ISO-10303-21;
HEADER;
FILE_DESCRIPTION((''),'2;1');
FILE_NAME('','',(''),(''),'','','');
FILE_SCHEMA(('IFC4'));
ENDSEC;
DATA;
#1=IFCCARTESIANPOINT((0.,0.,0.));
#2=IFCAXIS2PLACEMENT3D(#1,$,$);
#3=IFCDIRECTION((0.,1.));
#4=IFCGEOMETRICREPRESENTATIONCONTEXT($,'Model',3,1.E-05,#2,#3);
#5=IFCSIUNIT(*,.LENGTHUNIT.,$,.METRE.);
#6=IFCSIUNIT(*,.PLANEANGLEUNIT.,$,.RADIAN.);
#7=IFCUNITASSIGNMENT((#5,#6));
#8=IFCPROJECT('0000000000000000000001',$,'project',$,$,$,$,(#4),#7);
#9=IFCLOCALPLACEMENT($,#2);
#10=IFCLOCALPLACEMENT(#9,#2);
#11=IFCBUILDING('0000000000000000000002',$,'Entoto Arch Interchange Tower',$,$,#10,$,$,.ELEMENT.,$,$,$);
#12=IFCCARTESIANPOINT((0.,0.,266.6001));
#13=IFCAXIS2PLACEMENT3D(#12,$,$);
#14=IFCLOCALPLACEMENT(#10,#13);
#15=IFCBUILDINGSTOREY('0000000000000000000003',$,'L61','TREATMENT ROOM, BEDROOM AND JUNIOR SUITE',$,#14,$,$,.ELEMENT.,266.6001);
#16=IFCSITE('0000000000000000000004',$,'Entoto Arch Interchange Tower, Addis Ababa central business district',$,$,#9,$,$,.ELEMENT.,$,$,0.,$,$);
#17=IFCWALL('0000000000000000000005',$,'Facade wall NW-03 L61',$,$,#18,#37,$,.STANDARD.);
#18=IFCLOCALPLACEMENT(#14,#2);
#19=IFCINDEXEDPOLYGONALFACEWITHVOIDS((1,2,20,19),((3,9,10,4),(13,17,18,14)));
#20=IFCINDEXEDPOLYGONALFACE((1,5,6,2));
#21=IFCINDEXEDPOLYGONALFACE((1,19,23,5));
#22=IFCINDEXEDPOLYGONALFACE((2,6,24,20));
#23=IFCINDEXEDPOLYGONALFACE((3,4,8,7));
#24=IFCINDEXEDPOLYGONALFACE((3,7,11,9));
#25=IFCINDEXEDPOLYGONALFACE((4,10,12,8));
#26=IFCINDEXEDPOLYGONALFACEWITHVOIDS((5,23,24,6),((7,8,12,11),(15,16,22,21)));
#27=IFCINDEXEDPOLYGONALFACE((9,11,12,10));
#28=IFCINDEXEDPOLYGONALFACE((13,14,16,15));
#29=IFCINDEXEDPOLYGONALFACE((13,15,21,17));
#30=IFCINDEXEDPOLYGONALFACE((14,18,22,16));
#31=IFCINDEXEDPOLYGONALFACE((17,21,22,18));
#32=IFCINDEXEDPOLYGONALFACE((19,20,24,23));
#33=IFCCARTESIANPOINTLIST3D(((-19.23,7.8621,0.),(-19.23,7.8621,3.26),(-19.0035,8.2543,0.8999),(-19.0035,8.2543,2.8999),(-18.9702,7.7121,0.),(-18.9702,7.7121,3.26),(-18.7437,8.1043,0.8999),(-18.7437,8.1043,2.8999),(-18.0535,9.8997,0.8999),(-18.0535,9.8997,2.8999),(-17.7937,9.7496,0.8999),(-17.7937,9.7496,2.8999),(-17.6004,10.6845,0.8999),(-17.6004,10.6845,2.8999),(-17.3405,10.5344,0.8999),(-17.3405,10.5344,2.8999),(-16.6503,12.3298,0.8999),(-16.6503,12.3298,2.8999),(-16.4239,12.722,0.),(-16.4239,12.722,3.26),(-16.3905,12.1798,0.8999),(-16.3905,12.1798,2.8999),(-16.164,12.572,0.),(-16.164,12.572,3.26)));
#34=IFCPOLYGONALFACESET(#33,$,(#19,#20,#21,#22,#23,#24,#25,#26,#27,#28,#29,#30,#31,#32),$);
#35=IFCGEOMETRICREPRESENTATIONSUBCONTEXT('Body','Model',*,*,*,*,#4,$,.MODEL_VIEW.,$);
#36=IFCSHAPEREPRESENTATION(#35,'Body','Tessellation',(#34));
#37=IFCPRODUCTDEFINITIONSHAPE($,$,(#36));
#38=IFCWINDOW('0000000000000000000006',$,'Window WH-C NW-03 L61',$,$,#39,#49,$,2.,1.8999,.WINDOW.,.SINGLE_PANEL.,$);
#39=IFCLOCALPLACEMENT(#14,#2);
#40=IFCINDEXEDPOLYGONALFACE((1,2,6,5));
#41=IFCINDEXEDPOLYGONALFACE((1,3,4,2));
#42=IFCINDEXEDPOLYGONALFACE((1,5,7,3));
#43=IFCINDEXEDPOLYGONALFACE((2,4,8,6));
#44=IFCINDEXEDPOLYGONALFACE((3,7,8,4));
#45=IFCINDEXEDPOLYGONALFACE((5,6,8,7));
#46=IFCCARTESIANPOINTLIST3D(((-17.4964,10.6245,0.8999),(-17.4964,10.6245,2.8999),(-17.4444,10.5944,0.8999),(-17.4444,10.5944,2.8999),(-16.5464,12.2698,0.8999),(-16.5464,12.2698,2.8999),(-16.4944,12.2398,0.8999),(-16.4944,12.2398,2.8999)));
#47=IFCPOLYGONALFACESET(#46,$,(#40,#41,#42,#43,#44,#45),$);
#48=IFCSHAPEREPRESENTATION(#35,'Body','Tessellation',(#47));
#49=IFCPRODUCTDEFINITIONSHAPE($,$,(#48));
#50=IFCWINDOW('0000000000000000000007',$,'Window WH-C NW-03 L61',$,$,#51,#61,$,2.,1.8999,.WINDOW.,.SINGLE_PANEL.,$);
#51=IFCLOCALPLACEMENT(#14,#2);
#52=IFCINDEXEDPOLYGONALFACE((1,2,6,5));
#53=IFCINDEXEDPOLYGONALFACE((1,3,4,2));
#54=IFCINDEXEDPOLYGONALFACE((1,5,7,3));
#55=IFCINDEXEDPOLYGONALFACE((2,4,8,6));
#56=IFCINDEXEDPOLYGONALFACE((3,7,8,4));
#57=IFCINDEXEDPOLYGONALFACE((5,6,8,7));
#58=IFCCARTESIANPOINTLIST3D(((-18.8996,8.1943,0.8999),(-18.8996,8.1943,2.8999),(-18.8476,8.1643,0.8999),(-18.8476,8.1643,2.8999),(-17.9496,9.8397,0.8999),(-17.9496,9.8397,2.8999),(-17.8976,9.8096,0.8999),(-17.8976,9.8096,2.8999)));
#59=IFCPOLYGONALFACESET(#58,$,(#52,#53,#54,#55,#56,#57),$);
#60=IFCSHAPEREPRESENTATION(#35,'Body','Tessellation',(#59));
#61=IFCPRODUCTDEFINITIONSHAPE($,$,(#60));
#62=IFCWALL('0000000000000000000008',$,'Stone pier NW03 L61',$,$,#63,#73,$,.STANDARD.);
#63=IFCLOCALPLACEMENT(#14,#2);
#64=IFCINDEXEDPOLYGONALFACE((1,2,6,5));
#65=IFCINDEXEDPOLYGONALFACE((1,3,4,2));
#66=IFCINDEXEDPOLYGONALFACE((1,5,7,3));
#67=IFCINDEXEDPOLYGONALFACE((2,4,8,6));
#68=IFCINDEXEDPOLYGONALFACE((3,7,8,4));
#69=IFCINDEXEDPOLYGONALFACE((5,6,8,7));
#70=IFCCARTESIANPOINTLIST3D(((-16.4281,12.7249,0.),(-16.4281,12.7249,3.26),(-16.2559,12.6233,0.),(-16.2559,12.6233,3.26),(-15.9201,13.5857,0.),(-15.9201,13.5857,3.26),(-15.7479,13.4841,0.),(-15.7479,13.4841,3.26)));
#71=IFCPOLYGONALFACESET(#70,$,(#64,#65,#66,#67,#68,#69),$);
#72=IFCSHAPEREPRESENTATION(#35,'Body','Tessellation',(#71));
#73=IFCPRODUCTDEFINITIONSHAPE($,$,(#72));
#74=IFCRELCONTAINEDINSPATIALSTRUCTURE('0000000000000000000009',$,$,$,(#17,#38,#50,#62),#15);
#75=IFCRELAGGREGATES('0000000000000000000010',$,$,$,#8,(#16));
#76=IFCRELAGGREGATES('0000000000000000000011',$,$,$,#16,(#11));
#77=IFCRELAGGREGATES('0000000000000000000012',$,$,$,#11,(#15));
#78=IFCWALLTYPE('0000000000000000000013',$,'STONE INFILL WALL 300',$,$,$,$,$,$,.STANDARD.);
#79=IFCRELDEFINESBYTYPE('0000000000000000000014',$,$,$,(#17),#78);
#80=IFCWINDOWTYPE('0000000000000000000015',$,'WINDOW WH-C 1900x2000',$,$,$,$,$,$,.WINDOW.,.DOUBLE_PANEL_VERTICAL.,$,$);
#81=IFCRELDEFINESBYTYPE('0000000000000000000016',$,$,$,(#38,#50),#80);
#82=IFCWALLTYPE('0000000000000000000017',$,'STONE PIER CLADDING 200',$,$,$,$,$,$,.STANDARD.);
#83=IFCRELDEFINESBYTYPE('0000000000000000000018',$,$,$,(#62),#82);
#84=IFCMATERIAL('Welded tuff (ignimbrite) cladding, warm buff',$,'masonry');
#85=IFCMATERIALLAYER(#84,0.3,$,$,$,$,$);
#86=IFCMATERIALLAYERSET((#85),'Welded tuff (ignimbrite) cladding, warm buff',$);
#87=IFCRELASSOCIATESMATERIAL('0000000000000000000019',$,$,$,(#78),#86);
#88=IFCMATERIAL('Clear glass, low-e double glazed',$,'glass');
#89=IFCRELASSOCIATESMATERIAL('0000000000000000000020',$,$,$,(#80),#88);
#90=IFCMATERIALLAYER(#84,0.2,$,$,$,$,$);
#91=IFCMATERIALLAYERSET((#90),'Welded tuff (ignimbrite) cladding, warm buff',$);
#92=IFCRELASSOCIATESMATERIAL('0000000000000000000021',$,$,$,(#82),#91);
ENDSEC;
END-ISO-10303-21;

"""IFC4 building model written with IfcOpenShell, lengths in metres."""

from ifc_helpers import new_model, si_unit, direction, frame, frame_2d, origin, place, context, subcontext, project, spatial, rectangle, extrude, material, layer, layer_set, type_object, element, fill, save


model = new_model("IFC4")

# Units and contexts
model_context = context("Model", 3, precision=1e-05, world=origin(), true_north=direction((0.0, 1.0)))
body_context = subcontext(model_context, "Body", "Model", "MODEL_VIEW")
ifc_project = project(units=[si_unit("LENGTHUNIT", "METRE"), si_unit("PLANEANGLEUNIT", "RADIAN")], contexts=[model_context])

# Site, building, storey
site_placement = place(None, origin())
site = spatial("IfcSite", under=ifc_project, at=site_placement, Name="Entoto Arch Interchange Tower, Addis Ababa central business district", CompositionType="ELEMENT", RefElevation=0.0)
building_placement = place(site_placement, origin())
building = spatial("IfcBuilding", under=site, at=building_placement, Name="Entoto Arch Interchange Tower", CompositionType="ELEMENT")
storey_placement = place(building_placement, frame((0.0, 0.0, 266.6001)))
storey = spatial("IfcBuildingStorey", under=building, at=storey_placement, Name="L61", Description="TREATMENT ROOM, BEDROOM AND JUNIOR SUITE", CompositionType="ELEMENT", Elevation=266.6001)

# Wall, openings, windows
ifc_material_1 = material(Name="Welded tuff (ignimbrite) cladding, warm buff", Category="masonry")
ifc_layer_1 = layer(ifc_material_1, 0.3)
ifc_layer_set_1 = layer_set([ifc_layer_1], Name="Welded tuff (ignimbrite) cladding, warm buff")
wall_type_1 = type_object("IfcWallType", Name="STONE INFILL WALL 300", PredefinedType="STANDARD", material=ifc_layer_set_1)
wall_1_placement = place(storey_placement, frame((-16.2939, 12.647, 0.0), z_axis=(0.0, 0.0, 1.0), x_axis=(-0.500041, -0.866002, 0.0)))
wall_1 = element("IfcWall", 1, at=wall_1_placement, inside=storey, type_object=wall_type_1, Name="Facade wall NW-03 L61", PredefinedType="STANDARD", context=body_context, shape_type="SweptSolid", body=[
    extrude(rectangle(XDim=5.6118, YDim=0.3, at=frame_2d((2.8059, 0.0))), origin(), (0.0, 0.0, 1.0), 3.26),
])
opening_1_placement = place(wall_1_placement, frame((0.4529, 0.0, 0.8999)))
opening_1 = element("IfcOpeningElement", 2, at=opening_1_placement, cuts=wall_1, PredefinedType="OPENING", context=body_context, shape_type="SweptSolid", body=[
    extrude(rectangle(XDim=1.8999, YDim=2.0, at=frame_2d((0.95, 1.0))), frame((0.0, 0.1602, 0.0), z_axis=(0.0, -1.0, 0.0), x_axis=(1.0, 0.0, 0.0)), (0.0, 0.0, 1.0), 0.3201),
])
opening_2_placement = place(wall_1_placement, frame((3.259, 0.0, 0.8999)))
opening_2 = element("IfcOpeningElement", 3, at=opening_2_placement, cuts=wall_1, PredefinedType="OPENING", context=body_context, shape_type="SweptSolid", body=[
    extrude(rectangle(XDim=1.8999, YDim=2.0, at=frame_2d((0.95, 1.0))), frame((0.0, 0.1602, 0.0), z_axis=(0.0, -1.0, 0.0), x_axis=(1.0, 0.0, 0.0)), (0.0, 0.0, 1.0), 0.3201),
])
ifc_material_2 = material(Name="Clear glass, low-e double glazed", Category="glass")
window_type = type_object("IfcWindowType", Name="WINDOW WH-C 1900x2000", PartitioningType="DOUBLE_PANEL_VERTICAL", PredefinedType="WINDOW", material=ifc_material_2)
window_1_placement = place(opening_1_placement, origin())
window_1 = element("IfcWindow", 4, at=window_1_placement, inside=storey, type_object=window_type, Name="Window WH-C NW-03 L61", OverallHeight=2.0, OverallWidth=1.8999, PartitioningType="SINGLE_PANEL", PredefinedType="WINDOW", context=body_context, shape_type="SweptSolid", body=[
    extrude(rectangle(XDim=1.8999, YDim=2.0, at=frame_2d((0.95, 1.0))), frame((0.0, 0.03, 0.0), z_axis=(0.0, -1.0, 0.0), x_axis=(1.0, 0.0, 0.0)), (0.0, 0.0, 1.0), 0.0601),
])
fill(opening_1, window_1)
window_2_placement = place(opening_2_placement, origin())
window_2 = element("IfcWindow", 5, at=window_2_placement, inside=storey, type_object=window_type, Name="Window WH-C NW-03 L61", OverallHeight=2.0, OverallWidth=1.8999, PartitioningType="SINGLE_PANEL", PredefinedType="WINDOW", context=body_context, shape_type="SweptSolid", body=[
    extrude(rectangle(XDim=1.8999, YDim=2.0, at=frame_2d((0.95, 1.0))), frame((0.0, 0.03, 0.0), z_axis=(0.0, -1.0, 0.0), x_axis=(1.0, 0.0, 0.0)), (0.0, 0.0, 1.0), 0.0601),
])
fill(opening_2, window_2)

# Wall
ifc_layer_2 = layer(ifc_material_1, 0.2)
ifc_layer_set_2 = layer_set([ifc_layer_2], Name="Welded tuff (ignimbrite) cladding, warm buff")
wall_type_2 = type_object("IfcWallType", Name="STONE PIER CLADDING 200", PredefinedType="STANDARD", material=ifc_layer_set_2)
wall_2_placement = place(storey_placement, frame((-15.834, 13.5349, 0.0), z_axis=(0.0, 0.0, 1.0), x_axis=(-0.508268, -0.861199, 0.0)))
element("IfcWall", 6, at=wall_2_placement, inside=storey, type_object=wall_type_2, Name="Stone pier NW03 L61", PredefinedType="STANDARD", context=body_context, shape_type="SweptSolid", body=[
    extrude(rectangle(XDim=0.9995, YDim=0.2, at=frame_2d((0.4998, 0.0))), origin(), (0.0, 0.0, 1.0), 3.26),
])

save(model, "model.ifc")
